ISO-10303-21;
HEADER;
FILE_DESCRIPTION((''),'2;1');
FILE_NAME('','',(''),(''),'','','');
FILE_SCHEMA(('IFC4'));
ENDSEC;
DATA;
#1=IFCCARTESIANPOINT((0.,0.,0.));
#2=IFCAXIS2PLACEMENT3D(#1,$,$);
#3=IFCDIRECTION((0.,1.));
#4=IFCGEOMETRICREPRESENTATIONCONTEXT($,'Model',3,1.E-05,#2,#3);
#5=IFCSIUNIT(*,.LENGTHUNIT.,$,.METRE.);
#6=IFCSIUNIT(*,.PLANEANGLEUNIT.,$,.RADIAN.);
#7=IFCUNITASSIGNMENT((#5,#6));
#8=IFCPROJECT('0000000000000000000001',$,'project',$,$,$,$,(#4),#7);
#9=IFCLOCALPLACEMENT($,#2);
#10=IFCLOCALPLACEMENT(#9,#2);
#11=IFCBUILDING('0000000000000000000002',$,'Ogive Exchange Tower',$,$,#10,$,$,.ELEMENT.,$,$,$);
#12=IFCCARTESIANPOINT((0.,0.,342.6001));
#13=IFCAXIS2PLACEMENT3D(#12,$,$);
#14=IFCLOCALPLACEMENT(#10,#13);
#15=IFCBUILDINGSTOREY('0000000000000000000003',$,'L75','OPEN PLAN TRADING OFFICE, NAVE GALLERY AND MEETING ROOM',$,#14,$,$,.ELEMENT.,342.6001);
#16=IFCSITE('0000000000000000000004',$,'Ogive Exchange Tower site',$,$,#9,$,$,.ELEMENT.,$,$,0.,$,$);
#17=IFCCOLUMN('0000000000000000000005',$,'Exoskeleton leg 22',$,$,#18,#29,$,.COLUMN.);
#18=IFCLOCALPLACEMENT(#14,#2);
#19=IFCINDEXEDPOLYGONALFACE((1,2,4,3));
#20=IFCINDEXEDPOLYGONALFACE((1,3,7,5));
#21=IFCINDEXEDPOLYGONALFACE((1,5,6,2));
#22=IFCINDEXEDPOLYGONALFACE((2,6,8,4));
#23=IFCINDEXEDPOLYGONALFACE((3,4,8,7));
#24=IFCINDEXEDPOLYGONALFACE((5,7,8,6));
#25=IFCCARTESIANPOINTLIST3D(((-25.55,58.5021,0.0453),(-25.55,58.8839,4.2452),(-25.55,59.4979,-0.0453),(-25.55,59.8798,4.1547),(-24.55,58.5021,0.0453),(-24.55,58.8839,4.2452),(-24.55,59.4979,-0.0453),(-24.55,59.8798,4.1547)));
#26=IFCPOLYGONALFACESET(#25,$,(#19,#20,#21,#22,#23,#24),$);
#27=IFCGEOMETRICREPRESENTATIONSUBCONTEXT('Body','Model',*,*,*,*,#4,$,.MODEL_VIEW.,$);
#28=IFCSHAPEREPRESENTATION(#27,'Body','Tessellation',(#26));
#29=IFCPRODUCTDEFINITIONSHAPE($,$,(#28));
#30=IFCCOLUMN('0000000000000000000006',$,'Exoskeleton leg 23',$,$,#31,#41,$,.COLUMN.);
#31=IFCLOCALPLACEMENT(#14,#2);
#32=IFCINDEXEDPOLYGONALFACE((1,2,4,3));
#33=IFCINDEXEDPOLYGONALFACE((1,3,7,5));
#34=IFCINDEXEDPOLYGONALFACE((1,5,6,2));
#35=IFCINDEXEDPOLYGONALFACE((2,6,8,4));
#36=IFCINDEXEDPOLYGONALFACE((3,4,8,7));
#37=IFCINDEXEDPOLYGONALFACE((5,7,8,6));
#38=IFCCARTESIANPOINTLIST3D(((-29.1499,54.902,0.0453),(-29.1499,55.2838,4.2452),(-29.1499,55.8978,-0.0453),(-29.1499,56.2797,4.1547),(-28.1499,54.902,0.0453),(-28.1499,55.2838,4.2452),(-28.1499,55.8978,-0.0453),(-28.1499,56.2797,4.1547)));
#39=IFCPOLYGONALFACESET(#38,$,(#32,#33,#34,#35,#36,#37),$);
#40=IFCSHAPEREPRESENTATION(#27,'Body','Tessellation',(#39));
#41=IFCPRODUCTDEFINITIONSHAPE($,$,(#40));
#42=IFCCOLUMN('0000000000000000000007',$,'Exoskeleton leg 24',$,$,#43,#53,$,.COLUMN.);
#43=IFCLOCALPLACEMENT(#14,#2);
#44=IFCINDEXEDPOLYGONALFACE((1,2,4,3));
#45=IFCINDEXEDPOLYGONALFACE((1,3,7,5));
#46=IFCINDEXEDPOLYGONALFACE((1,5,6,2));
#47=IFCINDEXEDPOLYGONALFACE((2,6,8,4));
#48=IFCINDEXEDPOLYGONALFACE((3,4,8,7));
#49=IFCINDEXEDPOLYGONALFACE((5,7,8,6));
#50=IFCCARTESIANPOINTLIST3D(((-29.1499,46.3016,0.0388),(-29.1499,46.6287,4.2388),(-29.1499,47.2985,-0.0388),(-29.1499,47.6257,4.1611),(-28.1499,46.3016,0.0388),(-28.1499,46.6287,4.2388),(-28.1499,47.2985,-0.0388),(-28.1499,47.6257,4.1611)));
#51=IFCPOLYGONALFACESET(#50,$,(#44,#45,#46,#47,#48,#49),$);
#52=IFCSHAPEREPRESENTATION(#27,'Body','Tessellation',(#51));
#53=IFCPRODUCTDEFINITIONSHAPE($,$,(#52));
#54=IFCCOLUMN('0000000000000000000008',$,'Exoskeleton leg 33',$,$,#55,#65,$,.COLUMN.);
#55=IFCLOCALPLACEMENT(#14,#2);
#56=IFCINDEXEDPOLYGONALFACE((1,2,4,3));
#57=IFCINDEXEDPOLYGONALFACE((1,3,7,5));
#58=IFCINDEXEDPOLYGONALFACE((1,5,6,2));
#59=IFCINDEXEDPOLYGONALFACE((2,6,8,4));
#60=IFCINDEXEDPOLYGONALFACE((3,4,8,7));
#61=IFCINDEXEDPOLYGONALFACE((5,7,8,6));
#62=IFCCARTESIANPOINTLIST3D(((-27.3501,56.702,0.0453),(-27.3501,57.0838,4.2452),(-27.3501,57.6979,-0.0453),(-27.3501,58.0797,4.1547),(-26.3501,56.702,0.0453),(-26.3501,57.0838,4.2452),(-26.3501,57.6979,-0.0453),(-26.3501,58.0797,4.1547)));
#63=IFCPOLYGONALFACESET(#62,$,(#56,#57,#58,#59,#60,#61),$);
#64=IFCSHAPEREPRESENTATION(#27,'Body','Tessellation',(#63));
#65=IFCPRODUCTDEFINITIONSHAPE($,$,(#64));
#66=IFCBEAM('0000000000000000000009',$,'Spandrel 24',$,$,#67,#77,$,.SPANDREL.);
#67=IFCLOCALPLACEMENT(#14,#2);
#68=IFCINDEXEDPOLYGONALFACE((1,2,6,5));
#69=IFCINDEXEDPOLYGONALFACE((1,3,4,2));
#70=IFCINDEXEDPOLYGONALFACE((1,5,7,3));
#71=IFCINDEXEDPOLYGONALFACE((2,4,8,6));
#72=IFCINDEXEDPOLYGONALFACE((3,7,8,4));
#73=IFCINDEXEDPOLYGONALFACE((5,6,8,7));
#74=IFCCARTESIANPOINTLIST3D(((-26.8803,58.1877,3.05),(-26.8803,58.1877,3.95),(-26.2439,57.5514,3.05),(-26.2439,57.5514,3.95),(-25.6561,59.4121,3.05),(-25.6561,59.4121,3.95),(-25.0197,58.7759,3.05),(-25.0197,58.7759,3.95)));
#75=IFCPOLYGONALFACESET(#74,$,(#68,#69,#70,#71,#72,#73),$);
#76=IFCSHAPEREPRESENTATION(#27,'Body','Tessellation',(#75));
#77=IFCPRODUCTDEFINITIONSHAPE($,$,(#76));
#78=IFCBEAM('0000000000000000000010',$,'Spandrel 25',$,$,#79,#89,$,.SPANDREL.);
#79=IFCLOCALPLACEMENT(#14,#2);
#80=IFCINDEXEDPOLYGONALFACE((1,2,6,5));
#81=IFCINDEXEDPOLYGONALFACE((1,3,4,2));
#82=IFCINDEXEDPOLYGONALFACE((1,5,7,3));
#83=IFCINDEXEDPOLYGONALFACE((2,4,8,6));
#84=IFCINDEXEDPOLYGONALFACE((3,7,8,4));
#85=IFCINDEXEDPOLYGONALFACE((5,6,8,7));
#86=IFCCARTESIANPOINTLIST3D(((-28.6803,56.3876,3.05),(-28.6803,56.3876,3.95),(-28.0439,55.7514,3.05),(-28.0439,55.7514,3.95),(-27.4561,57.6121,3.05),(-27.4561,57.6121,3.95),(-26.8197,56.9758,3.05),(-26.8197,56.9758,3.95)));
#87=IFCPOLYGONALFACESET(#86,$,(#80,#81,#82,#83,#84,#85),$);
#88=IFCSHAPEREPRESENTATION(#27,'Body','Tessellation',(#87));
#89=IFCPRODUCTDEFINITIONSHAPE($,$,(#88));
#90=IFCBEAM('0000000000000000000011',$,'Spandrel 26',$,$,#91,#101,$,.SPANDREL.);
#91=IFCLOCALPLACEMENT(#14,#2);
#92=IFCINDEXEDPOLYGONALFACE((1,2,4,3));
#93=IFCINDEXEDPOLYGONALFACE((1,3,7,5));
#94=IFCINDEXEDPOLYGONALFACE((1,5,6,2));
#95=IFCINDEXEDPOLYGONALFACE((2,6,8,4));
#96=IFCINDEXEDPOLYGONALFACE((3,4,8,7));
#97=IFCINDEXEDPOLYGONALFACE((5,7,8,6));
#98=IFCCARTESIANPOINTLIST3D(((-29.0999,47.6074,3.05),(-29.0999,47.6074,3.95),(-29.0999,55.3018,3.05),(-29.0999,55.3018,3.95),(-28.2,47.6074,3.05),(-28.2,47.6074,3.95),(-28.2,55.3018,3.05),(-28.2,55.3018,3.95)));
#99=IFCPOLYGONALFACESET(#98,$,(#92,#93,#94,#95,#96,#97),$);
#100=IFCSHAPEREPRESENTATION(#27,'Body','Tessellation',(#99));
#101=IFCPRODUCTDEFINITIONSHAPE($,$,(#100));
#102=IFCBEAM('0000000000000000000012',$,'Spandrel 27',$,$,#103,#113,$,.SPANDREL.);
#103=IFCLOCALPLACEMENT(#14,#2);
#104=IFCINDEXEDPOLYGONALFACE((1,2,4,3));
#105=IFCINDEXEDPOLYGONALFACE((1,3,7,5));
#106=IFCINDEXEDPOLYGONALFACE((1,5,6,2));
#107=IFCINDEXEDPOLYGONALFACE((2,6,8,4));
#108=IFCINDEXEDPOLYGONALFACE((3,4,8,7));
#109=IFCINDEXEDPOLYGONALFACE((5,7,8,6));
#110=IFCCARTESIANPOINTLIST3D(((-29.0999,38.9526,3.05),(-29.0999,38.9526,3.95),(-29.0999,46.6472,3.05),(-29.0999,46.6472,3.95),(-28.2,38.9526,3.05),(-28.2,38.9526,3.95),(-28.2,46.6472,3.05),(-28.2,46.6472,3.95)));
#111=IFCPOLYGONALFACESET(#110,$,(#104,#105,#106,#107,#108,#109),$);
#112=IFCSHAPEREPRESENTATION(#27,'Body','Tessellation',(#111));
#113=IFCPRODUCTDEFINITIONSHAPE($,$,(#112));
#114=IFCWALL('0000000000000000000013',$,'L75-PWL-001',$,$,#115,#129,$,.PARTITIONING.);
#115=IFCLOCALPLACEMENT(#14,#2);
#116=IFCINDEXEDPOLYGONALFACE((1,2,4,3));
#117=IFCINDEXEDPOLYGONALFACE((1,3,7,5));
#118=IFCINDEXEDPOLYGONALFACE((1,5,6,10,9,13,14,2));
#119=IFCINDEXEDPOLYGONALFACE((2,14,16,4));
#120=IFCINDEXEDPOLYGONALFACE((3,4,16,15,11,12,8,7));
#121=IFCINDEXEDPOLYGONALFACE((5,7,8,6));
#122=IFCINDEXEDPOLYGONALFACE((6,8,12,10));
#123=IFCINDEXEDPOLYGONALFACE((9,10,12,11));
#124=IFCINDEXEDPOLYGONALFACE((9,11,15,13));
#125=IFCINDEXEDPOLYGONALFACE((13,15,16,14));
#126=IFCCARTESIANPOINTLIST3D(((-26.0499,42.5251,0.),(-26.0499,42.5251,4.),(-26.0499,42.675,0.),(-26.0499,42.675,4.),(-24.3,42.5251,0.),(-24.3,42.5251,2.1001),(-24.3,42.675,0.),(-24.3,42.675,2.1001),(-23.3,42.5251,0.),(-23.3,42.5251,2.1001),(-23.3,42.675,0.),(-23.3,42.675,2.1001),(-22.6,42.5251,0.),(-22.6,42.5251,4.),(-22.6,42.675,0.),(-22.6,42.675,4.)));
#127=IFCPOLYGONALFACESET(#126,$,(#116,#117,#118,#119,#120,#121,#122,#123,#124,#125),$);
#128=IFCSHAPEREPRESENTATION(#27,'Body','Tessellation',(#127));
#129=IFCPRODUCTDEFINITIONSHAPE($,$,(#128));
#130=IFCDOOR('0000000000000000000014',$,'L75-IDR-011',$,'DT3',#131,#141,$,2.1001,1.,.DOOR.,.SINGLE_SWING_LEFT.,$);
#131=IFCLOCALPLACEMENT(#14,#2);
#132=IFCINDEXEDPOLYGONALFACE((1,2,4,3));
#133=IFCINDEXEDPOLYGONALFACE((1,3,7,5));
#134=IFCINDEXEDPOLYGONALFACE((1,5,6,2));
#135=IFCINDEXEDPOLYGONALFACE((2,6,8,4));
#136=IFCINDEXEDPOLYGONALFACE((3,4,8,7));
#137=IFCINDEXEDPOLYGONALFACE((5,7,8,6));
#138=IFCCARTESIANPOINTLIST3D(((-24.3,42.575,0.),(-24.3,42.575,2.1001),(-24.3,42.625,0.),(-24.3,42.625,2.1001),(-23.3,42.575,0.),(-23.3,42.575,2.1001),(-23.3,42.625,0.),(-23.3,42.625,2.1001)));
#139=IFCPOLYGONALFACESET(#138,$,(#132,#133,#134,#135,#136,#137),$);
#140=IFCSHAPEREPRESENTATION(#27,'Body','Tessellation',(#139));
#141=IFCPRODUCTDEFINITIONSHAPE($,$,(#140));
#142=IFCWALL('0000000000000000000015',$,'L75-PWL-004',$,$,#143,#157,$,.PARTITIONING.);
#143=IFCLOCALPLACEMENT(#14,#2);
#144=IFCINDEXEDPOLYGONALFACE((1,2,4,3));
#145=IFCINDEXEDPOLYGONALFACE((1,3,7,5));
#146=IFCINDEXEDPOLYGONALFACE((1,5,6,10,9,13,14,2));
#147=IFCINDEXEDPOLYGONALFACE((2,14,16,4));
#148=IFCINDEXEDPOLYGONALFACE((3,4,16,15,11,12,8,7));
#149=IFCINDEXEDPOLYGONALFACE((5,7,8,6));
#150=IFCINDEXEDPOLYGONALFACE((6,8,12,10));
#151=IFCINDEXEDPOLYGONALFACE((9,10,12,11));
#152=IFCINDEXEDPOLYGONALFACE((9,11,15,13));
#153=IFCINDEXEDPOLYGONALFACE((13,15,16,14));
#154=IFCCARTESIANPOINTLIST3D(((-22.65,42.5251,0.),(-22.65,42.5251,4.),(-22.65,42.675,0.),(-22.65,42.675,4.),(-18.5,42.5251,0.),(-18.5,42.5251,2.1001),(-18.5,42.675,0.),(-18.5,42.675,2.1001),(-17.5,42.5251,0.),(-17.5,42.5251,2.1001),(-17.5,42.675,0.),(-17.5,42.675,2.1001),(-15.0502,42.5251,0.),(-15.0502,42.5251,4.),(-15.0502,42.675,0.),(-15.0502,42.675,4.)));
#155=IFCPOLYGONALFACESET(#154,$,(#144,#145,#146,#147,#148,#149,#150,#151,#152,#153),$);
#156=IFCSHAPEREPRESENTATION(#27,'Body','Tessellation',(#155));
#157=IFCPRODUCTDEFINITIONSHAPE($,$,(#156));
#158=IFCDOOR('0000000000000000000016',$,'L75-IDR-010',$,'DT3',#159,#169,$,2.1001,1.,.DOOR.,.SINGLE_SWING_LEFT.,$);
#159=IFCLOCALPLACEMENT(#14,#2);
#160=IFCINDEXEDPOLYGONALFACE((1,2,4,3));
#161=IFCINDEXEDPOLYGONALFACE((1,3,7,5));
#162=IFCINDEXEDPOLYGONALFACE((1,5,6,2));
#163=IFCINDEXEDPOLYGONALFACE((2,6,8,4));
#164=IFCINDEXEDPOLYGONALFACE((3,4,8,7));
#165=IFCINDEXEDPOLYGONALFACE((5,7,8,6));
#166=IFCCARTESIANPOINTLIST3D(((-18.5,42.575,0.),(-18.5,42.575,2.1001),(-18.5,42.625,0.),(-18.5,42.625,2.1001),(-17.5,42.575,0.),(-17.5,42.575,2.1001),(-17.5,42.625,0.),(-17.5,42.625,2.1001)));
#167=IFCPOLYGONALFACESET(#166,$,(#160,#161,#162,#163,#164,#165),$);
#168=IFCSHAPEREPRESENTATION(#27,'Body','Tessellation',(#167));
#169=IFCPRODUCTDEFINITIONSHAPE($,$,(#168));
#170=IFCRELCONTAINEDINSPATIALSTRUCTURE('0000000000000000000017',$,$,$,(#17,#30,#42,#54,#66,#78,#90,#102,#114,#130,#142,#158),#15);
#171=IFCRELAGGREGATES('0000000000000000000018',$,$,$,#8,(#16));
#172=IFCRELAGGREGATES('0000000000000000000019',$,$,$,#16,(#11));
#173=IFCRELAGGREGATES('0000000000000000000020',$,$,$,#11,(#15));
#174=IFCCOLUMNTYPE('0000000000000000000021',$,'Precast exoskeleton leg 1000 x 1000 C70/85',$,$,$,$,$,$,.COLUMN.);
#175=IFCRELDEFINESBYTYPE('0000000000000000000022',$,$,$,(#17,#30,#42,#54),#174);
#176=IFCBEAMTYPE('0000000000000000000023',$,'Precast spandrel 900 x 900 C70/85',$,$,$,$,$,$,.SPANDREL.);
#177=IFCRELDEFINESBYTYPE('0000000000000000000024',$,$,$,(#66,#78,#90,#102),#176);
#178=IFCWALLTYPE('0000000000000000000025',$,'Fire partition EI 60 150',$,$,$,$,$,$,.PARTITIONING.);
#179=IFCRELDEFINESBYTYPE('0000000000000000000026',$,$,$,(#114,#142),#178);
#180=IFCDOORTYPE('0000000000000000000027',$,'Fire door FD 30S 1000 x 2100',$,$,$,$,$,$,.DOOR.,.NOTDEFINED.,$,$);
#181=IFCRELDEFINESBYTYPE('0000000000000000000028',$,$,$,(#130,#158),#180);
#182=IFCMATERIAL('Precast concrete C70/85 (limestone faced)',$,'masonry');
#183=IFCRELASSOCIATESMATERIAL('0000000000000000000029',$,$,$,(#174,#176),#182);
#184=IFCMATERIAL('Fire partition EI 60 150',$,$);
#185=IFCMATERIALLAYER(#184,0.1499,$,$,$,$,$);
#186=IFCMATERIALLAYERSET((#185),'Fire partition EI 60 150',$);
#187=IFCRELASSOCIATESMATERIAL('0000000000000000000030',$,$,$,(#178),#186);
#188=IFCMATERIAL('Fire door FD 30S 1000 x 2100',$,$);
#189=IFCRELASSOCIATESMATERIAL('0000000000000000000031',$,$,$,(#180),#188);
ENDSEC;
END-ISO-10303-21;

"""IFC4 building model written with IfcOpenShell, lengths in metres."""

from ifc_helpers import new_model, si_unit, direction, frame, frame_2d, origin, origin_2d, place, context, subcontext, project, spatial, rectangle, extrude, material, layer, layer_set, material_profile, profile_set, type_object, element, fill, save


model = new_model("IFC4")

# Units and contexts
model_context = context("Model", 3, precision=1e-05, world=origin(), true_north=direction((0.0, 1.0)))
body_context = subcontext(model_context, "Body", "Model", "MODEL_VIEW")
ifc_project = project(units=[si_unit("LENGTHUNIT", "METRE"), si_unit("PLANEANGLEUNIT", "RADIAN")], contexts=[model_context])

# Site, building, storey
site_placement = place(None, origin())
site = spatial("IfcSite", under=ifc_project, at=site_placement, Name="Ogive Exchange Tower site", CompositionType="ELEMENT", RefElevation=0.0)
building_placement = place(site_placement, origin())
building = spatial("IfcBuilding", under=site, at=building_placement, Name="Ogive Exchange Tower", CompositionType="ELEMENT")
storey_placement = place(building_placement, frame((0.0, 0.0, 342.6001)))
storey = spatial("IfcBuildingStorey", under=building, at=storey_placement, Name="L75", Description="OPEN PLAN TRADING OFFICE, NAVE GALLERY AND MEETING ROOM", CompositionType="ELEMENT", Elevation=342.6001)

# Columns
ifc_material_1 = material(Name="Precast concrete C70/85 (limestone faced)", Category="masonry")
ifc_material_profile_1 = material_profile(ifc_material_1, rectangle(XDim=1.0, YDim=1.0, at=origin_2d()), Name="1000 x 1000")
ifc_profile_set_1 = profile_set([ifc_material_profile_1], Name="Precast concrete C70/85 (limestone faced)")
column_type = type_object("IfcColumnType", Name="Precast exoskeleton leg 1000 x 1000 C70/85", PredefinedType="COLUMN", material=ifc_profile_set_1)
for number, where, z_axis, x_axis, name in (
    (1, (-25.05, 59.0, 0.0), (0.0, 0.090541, 0.995893), (-1.0, 0.0, 0.0), "Exoskeleton leg 22"),
    (2, (-28.6499, 55.3999, 0.0), (0.0, 0.090541, 0.995893), (-1.0, 0.0, 0.0), "Exoskeleton leg 23"),
):
    element("IfcColumn", number, at=place(storey_placement, frame(where, z_axis=z_axis, x_axis=x_axis)), inside=storey, type_object=column_type, Name=name, PredefinedType="COLUMN", context=body_context, shape_type="SweptSolid", body=[
        extrude(rectangle(XDim=1.0, YDim=1.0, at=origin_2d()), origin(), (0.0, 0.0, 1.0), 4.2173),
    ])
column_1_placement = place(storey_placement, frame((-28.6499, 46.8, 0.0), z_axis=(0.0, 0.077658, 0.99698), x_axis=(-1.0, 0.0, 0.0)))
element("IfcColumn", 3, at=column_1_placement, inside=storey, type_object=column_type, Name="Exoskeleton leg 24", PredefinedType="COLUMN", context=body_context, shape_type="SweptSolid", body=[
    extrude(rectangle(XDim=1.0, YDim=1.0, at=origin_2d()), origin(), (0.0, 0.0, 1.0), 4.2126),
])
column_2_placement = place(storey_placement, frame((-26.8501, 57.2, 0.0), z_axis=(0.0, 0.090541, 0.995893), x_axis=(-1.0, 0.0, 0.0)))
element("IfcColumn", 4, at=column_2_placement, inside=storey, type_object=column_type, Name="Exoskeleton leg 33", PredefinedType="COLUMN", context=body_context, shape_type="SweptSolid", body=[
    extrude(rectangle(XDim=1.0, YDim=1.0, at=origin_2d()), origin(), (0.0, 0.0, 1.0), 4.2173),
])

# Beams
ifc_material_profile_2 = material_profile(ifc_material_1, rectangle(XDim=0.8999, YDim=0.8999, at=origin_2d()), Name="900 x 900")
ifc_profile_set_2 = profile_set([ifc_material_profile_2], Name="Precast concrete C70/85 (limestone faced)")
beam_type = type_object("IfcBeamType", Name="Precast spandrel 900 x 900 C70/85", PredefinedType="SPANDREL", material=ifc_profile_set_2)
for number, where, z_axis, x_axis, name in (
    (5, (-25.3379, 59.094, 3.5), (-0.707036, -0.707177, 0.0), (0.707177, -0.707036, 0.0), "Spandrel 24"),
    (6, (-27.1379, 57.2939, 3.5), (-0.707036, -0.707177, 0.0), (0.707177, -0.707036, 0.0), "Spandrel 25"),
):
    element("IfcBeam", number, at=place(storey_placement, frame(where, z_axis=z_axis, x_axis=x_axis)), inside=storey, type_object=beam_type, Name=name, PredefinedType="SPANDREL", context=body_context, shape_type="SweptSolid", body=[
        extrude(rectangle(XDim=0.8999, YDim=0.8999, at=origin_2d()), origin(), (0.0, 0.0, 1.0), 1.7314),
    ])
beam_1_placement = place(storey_placement, frame((-28.6499, 55.3018, 3.5), z_axis=(0.0, -1.0, 0.0), x_axis=(1.0, 0.0, 0.0)))
element("IfcBeam", 7, at=beam_1_placement, inside=storey, type_object=beam_type, Name="Spandrel 26", PredefinedType="SPANDREL", context=body_context, shape_type="SweptSolid", body=[
    extrude(rectangle(XDim=0.8999, YDim=0.8999, at=origin_2d()), origin(), (0.0, 0.0, 1.0), 7.6943),
])
beam_2_placement = place(storey_placement, frame((-28.6499, 46.6472, 3.5), z_axis=(0.0, -1.0, 0.0), x_axis=(1.0, 0.0, 0.0)))
element("IfcBeam", 8, at=beam_2_placement, inside=storey, type_object=beam_type, Name="Spandrel 27", PredefinedType="SPANDREL", context=body_context, shape_type="SweptSolid", body=[
    extrude(rectangle(XDim=0.8999, YDim=0.8999, at=origin_2d()), origin(), (0.0, 0.0, 1.0), 7.6946),
])

# Walls, openings, doors
ifc_material_2 = material(Name="Fire partition EI 60 150")
ifc_layer_1 = layer(ifc_material_2, 0.1499)
ifc_layer_set_1 = layer_set([ifc_layer_1], Name="Fire partition EI 60 150")
wall_type_1 = type_object("IfcWallType", Name="Fire partition EI 60 150", PredefinedType="PARTITIONING", material=ifc_layer_set_1)
wall_1_placement = place(storey_placement, frame((-26.05, 42.6001, 0.0), z_axis=(0.0, 0.0, 1.0), x_axis=(1.0, 0.0, 0.0)))
wall_1 = element("IfcWall", 9, at=wall_1_placement, inside=storey, type_object=wall_type_1, Name="L75-PWL-001", PredefinedType="PARTITIONING", context=body_context, shape_type="SweptSolid", body=[
    extrude(rectangle(XDim=3.45, YDim=0.1499, at=frame_2d((1.7251, 0.0))), origin(), (0.0, 0.0, 1.0), 4.0),
])
opening_1_placement = place(wall_1_placement, frame((1.75, 0.0, 0.0)))
opening_1 = element("IfcOpeningElement", 10, at=opening_1_placement, cuts=wall_1, PredefinedType="OPENING", context=body_context, shape_type="SweptSolid", body=[
    extrude(rectangle(XDim=1.0, YDim=2.1001, at=frame_2d((0.5, 1.05))), frame((0.0, 0.085, 0.0), z_axis=(0.0, -1.0, 0.0), x_axis=(1.0, 0.0, 0.0)), (0.0, 0.0, 1.0), 0.1699),
])
ifc_material_3 = material(Name="Fire door FD 30S 1000 x 2100")
door_type_1 = type_object("IfcDoorType", Name="Fire door FD 30S 1000 x 2100", OperationType="NOTDEFINED", PredefinedType="DOOR", material=ifc_material_3)
door_1_placement = place(opening_1_placement, origin())
door_1 = element("IfcDoor", 11, at=door_1_placement, inside=storey, type_object=door_type_1, Name="L75-IDR-011", ObjectType="DT3", OperationType="SINGLE_SWING_LEFT", OverallHeight=2.1001, OverallWidth=1.0, PredefinedType="DOOR", context=body_context, shape_type="SweptSolid", body=[
    extrude(rectangle(XDim=1.0, YDim=2.1001, at=frame_2d((0.5, 1.05))), frame((0.0, 0.0249, 0.0), z_axis=(0.0, -1.0, 0.0), x_axis=(1.0, 0.0, 0.0)), (0.0, 0.0, 1.0), 0.05),
])
fill(opening_1, door_1)
wall_2_placement = place(storey_placement, frame((-22.6499, 42.6001, 0.0), z_axis=(0.0, 0.0, 1.0), x_axis=(1.0, 0.0, 0.0)))
wall_2 = element("IfcWall", 12, at=wall_2_placement, inside=storey, type_object=wall_type_1, Name="L75-PWL-004", PredefinedType="PARTITIONING", context=body_context, shape_type="SweptSolid", body=[
    extrude(rectangle(XDim=7.5999, YDim=0.1499, at=frame_2d((3.7998, 0.0))), origin(), (0.0, 0.0, 1.0), 4.0),
])
opening_2_placement = place(wall_2_placement, frame((4.1499, 0.0, 0.0)))
opening_2 = element("IfcOpeningElement", 13, at=opening_2_placement, cuts=wall_2, PredefinedType="OPENING", context=body_context, shape_type="SweptSolid", body=[
    extrude(rectangle(XDim=1.0, YDim=2.1001, at=frame_2d((0.5, 1.05))), frame((0.0, 0.085, 0.0), z_axis=(0.0, -1.0, 0.0), x_axis=(1.0, 0.0, 0.0)), (0.0, 0.0, 1.0), 0.1699),
])
door_2_placement = place(opening_2_placement, origin())
door_2 = element("IfcDoor", 14, at=door_2_placement, inside=storey, type_object=door_type_1, Name="L75-IDR-010", ObjectType="DT3", OperationType="SINGLE_SWING_LEFT", OverallHeight=2.1001, OverallWidth=1.0, PredefinedType="DOOR", context=body_context, shape_type="SweptSolid", body=[
    extrude(rectangle(XDim=1.0, YDim=2.1001, at=frame_2d((0.5, 1.05))), frame((0.0, 0.0249, 0.0), z_axis=(0.0, -1.0, 0.0), x_axis=(1.0, 0.0, 0.0)), (0.0, 0.0, 1.0), 0.05),
])
fill(opening_2, door_2)

save(model, "model.ifc")
